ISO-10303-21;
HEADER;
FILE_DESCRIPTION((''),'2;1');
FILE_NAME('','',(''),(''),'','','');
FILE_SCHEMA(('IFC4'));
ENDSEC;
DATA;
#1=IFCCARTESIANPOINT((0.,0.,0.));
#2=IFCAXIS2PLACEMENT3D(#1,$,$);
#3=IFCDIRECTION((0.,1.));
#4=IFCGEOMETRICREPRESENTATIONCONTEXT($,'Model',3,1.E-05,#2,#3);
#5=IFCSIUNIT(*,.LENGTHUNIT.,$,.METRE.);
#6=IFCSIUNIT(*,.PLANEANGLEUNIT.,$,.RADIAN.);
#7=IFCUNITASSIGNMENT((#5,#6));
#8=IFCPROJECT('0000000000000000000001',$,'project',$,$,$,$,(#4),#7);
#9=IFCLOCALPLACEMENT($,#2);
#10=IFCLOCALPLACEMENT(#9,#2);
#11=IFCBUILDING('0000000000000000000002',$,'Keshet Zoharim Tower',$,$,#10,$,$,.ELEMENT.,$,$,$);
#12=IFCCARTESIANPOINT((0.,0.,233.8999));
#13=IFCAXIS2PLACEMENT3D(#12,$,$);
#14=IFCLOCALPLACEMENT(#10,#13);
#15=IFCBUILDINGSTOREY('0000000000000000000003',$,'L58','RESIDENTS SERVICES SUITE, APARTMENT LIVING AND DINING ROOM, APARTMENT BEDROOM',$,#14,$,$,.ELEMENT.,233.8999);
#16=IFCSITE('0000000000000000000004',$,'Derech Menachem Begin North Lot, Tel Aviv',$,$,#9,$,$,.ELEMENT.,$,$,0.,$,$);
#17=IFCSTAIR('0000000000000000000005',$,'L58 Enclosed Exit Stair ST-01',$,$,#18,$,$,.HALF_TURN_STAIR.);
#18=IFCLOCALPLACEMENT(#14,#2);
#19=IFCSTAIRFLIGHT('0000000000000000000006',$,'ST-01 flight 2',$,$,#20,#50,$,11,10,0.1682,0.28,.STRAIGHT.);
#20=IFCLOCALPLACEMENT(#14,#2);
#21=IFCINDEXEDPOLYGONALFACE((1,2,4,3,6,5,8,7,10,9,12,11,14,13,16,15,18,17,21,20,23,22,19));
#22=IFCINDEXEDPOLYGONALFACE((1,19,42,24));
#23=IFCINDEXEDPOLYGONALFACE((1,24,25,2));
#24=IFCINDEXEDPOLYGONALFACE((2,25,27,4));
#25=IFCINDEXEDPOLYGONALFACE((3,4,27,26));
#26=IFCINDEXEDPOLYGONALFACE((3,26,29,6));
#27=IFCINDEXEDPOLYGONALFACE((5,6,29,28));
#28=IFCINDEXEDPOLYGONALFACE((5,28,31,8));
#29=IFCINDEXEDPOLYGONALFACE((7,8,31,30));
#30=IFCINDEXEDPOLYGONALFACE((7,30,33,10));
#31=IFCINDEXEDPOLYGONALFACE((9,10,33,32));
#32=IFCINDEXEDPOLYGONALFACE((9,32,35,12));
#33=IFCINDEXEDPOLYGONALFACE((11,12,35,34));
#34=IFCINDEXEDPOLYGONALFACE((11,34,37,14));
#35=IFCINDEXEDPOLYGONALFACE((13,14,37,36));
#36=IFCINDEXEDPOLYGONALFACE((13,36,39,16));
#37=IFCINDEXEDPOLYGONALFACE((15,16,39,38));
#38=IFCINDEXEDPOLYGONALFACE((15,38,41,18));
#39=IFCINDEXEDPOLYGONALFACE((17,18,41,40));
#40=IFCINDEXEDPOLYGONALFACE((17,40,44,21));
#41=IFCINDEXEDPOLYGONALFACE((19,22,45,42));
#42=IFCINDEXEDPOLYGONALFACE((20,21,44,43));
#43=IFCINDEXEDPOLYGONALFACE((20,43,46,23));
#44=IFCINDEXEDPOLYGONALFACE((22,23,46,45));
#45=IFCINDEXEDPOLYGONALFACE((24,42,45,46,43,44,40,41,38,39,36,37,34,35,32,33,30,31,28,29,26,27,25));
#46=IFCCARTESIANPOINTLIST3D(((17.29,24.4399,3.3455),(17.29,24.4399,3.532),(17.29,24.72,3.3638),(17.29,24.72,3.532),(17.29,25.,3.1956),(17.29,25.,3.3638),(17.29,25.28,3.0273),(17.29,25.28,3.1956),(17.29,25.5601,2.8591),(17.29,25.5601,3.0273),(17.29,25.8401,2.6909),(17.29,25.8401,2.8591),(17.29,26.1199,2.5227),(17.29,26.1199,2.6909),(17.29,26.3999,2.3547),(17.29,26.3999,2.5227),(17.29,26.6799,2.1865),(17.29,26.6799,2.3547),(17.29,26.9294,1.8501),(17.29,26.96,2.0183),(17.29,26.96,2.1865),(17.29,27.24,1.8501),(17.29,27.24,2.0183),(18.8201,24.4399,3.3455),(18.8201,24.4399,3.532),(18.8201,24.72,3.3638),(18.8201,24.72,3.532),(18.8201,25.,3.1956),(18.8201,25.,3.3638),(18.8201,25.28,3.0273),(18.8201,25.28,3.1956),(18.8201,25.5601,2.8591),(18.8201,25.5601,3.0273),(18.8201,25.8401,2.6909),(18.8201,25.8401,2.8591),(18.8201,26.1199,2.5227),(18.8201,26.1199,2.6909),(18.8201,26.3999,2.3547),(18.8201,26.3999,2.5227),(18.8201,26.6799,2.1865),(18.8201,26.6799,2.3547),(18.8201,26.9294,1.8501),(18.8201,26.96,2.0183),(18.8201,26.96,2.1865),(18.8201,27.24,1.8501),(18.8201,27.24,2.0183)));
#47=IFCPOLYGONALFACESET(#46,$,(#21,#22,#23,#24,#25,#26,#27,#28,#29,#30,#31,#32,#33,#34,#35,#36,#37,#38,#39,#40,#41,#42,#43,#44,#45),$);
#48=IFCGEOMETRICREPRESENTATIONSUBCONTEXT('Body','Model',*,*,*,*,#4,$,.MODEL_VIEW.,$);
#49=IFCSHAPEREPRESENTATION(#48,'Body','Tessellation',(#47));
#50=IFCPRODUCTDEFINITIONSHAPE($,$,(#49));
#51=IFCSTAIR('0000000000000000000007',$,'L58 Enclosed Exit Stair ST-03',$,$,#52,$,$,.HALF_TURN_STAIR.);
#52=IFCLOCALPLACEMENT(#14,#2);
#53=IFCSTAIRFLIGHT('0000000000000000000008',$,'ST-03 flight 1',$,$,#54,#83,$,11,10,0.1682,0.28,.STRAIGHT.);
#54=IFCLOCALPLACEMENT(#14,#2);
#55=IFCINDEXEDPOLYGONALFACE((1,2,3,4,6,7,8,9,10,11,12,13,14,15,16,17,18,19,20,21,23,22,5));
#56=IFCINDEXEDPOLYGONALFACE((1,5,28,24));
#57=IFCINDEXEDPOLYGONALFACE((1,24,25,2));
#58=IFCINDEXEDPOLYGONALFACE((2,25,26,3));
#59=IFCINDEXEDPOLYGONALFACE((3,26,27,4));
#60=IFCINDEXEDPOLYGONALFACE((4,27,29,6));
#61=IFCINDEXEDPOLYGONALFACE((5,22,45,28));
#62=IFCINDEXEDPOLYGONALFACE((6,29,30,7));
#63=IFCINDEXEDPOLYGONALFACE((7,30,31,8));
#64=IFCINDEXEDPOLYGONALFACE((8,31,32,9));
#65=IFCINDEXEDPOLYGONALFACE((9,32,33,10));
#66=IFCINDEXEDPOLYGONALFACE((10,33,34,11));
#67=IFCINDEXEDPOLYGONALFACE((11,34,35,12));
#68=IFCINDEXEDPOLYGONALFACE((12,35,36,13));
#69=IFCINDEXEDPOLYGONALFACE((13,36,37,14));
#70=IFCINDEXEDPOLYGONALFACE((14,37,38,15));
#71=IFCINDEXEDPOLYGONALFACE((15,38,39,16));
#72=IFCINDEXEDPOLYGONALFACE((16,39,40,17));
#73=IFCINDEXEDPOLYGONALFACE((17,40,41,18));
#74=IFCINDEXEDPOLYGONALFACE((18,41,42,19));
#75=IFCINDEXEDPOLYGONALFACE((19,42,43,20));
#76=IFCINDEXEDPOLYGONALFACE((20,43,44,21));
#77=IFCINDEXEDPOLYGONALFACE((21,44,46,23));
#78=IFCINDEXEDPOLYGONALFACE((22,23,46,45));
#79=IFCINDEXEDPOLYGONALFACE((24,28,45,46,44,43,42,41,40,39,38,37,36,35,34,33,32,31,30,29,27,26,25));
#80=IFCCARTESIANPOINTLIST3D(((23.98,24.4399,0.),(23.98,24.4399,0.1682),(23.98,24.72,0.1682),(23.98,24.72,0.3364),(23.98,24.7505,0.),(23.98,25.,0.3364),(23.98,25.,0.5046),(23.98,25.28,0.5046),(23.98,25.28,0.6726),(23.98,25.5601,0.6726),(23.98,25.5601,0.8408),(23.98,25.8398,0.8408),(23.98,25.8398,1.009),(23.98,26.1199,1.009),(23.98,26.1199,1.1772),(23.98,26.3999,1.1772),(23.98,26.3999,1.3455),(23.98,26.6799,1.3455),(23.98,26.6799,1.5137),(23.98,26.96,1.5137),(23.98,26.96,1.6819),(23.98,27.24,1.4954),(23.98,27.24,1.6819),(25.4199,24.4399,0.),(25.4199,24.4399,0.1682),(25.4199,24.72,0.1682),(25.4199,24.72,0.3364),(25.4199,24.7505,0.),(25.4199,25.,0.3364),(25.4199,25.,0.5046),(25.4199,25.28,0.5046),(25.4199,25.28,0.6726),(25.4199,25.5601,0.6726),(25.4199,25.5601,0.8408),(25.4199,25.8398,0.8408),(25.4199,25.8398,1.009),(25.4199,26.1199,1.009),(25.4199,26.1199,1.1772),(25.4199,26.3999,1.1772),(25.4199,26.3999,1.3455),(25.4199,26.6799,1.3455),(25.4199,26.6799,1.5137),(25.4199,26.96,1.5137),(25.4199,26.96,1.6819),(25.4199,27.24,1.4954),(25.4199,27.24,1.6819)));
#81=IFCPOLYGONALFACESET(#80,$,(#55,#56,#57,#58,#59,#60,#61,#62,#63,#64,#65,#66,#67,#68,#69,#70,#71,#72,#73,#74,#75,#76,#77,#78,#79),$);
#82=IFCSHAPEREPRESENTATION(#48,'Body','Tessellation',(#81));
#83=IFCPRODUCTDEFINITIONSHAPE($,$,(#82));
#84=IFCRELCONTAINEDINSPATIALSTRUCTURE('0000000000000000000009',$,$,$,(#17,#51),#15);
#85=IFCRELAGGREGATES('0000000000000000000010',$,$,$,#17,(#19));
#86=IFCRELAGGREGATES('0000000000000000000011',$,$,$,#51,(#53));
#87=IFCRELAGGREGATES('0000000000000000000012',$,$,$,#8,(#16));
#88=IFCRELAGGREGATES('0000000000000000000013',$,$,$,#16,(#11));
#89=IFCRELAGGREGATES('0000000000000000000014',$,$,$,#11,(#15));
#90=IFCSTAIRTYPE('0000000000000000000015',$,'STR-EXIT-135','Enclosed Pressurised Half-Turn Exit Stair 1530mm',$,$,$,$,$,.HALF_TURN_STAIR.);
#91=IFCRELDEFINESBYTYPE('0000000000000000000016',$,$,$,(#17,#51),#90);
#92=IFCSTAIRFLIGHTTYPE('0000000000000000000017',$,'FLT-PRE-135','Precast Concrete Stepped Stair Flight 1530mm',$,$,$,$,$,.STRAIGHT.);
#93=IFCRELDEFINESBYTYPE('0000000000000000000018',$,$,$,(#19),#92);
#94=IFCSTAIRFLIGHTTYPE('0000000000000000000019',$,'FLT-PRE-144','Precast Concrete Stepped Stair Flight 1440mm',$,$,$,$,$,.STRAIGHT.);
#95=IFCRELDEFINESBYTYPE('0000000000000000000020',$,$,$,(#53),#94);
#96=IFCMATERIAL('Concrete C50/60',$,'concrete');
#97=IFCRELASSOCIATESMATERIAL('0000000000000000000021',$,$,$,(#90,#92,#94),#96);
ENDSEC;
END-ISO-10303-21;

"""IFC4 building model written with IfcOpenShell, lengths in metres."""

from ifc_helpers import new_model, si_unit, direction, frame, origin, place, context, subcontext, project, spatial, polyline, outline, extrude, material, type_object, element, aggregate, save


model = new_model("IFC4")

# Units and contexts
model_context = context("Model", 3, precision=1e-05, world=origin(), true_north=direction((0.0, 1.0)))
body_context = subcontext(model_context, "Body", "Model", "MODEL_VIEW")
ifc_project = project(units=[si_unit("LENGTHUNIT", "METRE"), si_unit("PLANEANGLEUNIT", "RADIAN")], contexts=[model_context])

# Site, building, storey
site_placement = place(None, origin())
site = spatial("IfcSite", under=ifc_project, at=site_placement, Name="Derech Menachem Begin North Lot, Tel Aviv", CompositionType="ELEMENT", RefElevation=0.0)
building_placement = place(site_placement, origin())
building = spatial("IfcBuilding", under=site, at=building_placement, Name="Keshet Zoharim Tower", CompositionType="ELEMENT")
storey_placement = place(building_placement, frame((0.0, 0.0, 233.8999)))
storey = spatial("IfcBuildingStorey", under=building, at=storey_placement, Name="L58", Description="RESIDENTS SERVICES SUITE, APARTMENT LIVING AND DINING ROOM, APARTMENT BEDROOM", CompositionType="ELEMENT", Elevation=233.8999)

# Shared definitions
ifc_material_1 = material(Name="Concrete C50/60", Category="concrete")

# Stair, stair flight
stair_type = type_object("IfcStairType", Name="STR-EXIT-135", Description="Enclosed Pressurised Half-Turn Exit Stair 1530mm", PredefinedType="HALF_TURN_STAIR", material=ifc_material_1)
stair_1_placement = place(storey_placement, origin())
stair_1 = element("IfcStair", 1, at=stair_1_placement, inside=storey, type_object=stair_type, Name="L58 Enclosed Exit Stair ST-01", PredefinedType="HALF_TURN_STAIR")
stair_flight_type_1 = type_object("IfcStairFlightType", Name="FLT-PRE-135", Description="Precast Concrete Stepped Stair Flight 1530mm", PredefinedType="STRAIGHT", material=ifc_material_1)
stair_flight_1_placement = place(storey_placement, frame((18.0549, 27.24, 1.8501), z_axis=(0.0, 0.0, 1.0), x_axis=(0.0, -1.0, 0.0)))
stair_flight_1 = element("IfcStairFlight", 2, at=stair_flight_1_placement, type_object=stair_flight_type_1, Name="ST-01 flight 2", NumberOfRisers=11, NumberOfTreads=10, PredefinedType="STRAIGHT", RiserHeight=0.1682, TreadLength=0.28, context=body_context, shape_type="SweptSolid", body=[
    extrude(outline(polyline([(0.0, 0.0), (0.0, 0.1682), (0.28, 0.1682), (0.28, 0.3364), (0.5601, 0.3364), (0.5601, 0.5046), (0.8401, 0.5046), (0.8401, 0.6726), (1.1201, 0.6726), (1.1201, 0.8408), (1.3999, 0.8408), (1.3999, 1.009), (1.6799, 1.009), (1.6799, 1.1772), (1.96, 1.1772), (1.96, 1.3455), (2.24, 1.3455), (2.24, 1.5137), (2.52, 1.5137), (2.52, 1.6819), (2.8, 1.6819), (2.8, 1.8501), (2.8, 1.4954), (0.3105, 0.0), (0.0, 0.0)])), frame((0.0, 0.7651, 0.0), z_axis=(0.0, -1.0, 0.0), x_axis=(1.0, 0.0, 0.0)), (0.0, 0.0, 1.0), 1.53),
])
aggregate(stair_1, [stair_flight_1])

# Stair, stair flight
stair_2_placement = place(storey_placement, origin())
stair_2 = element("IfcStair", 3, at=stair_2_placement, inside=storey, type_object=stair_type, Name="L58 Enclosed Exit Stair ST-03", PredefinedType="HALF_TURN_STAIR")
stair_flight_type_2 = type_object("IfcStairFlightType", Name="FLT-PRE-144", Description="Precast Concrete Stepped Stair Flight 1440mm", PredefinedType="STRAIGHT", material=ifc_material_1)
stair_flight_2_placement = place(storey_placement, frame((24.7, 24.4399, 0.0), z_axis=(0.0, 0.0, 1.0), x_axis=(0.0, 1.0, 0.0)))
stair_flight_2 = element("IfcStairFlight", 4, at=stair_flight_2_placement, type_object=stair_flight_type_2, Name="ST-03 flight 1", NumberOfRisers=11, NumberOfTreads=10, PredefinedType="STRAIGHT", RiserHeight=0.1682, TreadLength=0.28, context=body_context, shape_type="SweptSolid", body=[
    extrude(outline(polyline([(0.0, 0.0), (0.0, 0.1682), (0.28, 0.1682), (0.28, 0.3364), (0.5601, 0.3364), (0.5601, 0.5046), (0.8401, 0.5046), (0.8401, 0.6726), (1.1201, 0.6726), (1.1201, 0.8408), (1.3999, 0.8408), (1.3999, 1.009), (1.6799, 1.009), (1.6799, 1.1772), (1.96, 1.1772), (1.96, 1.3455), (2.24, 1.3455), (2.24, 1.5137), (2.52, 1.5137), (2.52, 1.6819), (2.8, 1.6819), (2.8, 1.8501), (2.8, 1.4954), (0.3105, 0.0), (0.0, 0.0)])), frame((0.0, 0.72, 0.0), z_axis=(0.0, -1.0, 0.0), x_axis=(1.0, 0.0, 0.0)), (0.0, 0.0, 1.0), 1.4399),
])
aggregate(stair_2, [stair_flight_2])

save(model, "model.ifc")
